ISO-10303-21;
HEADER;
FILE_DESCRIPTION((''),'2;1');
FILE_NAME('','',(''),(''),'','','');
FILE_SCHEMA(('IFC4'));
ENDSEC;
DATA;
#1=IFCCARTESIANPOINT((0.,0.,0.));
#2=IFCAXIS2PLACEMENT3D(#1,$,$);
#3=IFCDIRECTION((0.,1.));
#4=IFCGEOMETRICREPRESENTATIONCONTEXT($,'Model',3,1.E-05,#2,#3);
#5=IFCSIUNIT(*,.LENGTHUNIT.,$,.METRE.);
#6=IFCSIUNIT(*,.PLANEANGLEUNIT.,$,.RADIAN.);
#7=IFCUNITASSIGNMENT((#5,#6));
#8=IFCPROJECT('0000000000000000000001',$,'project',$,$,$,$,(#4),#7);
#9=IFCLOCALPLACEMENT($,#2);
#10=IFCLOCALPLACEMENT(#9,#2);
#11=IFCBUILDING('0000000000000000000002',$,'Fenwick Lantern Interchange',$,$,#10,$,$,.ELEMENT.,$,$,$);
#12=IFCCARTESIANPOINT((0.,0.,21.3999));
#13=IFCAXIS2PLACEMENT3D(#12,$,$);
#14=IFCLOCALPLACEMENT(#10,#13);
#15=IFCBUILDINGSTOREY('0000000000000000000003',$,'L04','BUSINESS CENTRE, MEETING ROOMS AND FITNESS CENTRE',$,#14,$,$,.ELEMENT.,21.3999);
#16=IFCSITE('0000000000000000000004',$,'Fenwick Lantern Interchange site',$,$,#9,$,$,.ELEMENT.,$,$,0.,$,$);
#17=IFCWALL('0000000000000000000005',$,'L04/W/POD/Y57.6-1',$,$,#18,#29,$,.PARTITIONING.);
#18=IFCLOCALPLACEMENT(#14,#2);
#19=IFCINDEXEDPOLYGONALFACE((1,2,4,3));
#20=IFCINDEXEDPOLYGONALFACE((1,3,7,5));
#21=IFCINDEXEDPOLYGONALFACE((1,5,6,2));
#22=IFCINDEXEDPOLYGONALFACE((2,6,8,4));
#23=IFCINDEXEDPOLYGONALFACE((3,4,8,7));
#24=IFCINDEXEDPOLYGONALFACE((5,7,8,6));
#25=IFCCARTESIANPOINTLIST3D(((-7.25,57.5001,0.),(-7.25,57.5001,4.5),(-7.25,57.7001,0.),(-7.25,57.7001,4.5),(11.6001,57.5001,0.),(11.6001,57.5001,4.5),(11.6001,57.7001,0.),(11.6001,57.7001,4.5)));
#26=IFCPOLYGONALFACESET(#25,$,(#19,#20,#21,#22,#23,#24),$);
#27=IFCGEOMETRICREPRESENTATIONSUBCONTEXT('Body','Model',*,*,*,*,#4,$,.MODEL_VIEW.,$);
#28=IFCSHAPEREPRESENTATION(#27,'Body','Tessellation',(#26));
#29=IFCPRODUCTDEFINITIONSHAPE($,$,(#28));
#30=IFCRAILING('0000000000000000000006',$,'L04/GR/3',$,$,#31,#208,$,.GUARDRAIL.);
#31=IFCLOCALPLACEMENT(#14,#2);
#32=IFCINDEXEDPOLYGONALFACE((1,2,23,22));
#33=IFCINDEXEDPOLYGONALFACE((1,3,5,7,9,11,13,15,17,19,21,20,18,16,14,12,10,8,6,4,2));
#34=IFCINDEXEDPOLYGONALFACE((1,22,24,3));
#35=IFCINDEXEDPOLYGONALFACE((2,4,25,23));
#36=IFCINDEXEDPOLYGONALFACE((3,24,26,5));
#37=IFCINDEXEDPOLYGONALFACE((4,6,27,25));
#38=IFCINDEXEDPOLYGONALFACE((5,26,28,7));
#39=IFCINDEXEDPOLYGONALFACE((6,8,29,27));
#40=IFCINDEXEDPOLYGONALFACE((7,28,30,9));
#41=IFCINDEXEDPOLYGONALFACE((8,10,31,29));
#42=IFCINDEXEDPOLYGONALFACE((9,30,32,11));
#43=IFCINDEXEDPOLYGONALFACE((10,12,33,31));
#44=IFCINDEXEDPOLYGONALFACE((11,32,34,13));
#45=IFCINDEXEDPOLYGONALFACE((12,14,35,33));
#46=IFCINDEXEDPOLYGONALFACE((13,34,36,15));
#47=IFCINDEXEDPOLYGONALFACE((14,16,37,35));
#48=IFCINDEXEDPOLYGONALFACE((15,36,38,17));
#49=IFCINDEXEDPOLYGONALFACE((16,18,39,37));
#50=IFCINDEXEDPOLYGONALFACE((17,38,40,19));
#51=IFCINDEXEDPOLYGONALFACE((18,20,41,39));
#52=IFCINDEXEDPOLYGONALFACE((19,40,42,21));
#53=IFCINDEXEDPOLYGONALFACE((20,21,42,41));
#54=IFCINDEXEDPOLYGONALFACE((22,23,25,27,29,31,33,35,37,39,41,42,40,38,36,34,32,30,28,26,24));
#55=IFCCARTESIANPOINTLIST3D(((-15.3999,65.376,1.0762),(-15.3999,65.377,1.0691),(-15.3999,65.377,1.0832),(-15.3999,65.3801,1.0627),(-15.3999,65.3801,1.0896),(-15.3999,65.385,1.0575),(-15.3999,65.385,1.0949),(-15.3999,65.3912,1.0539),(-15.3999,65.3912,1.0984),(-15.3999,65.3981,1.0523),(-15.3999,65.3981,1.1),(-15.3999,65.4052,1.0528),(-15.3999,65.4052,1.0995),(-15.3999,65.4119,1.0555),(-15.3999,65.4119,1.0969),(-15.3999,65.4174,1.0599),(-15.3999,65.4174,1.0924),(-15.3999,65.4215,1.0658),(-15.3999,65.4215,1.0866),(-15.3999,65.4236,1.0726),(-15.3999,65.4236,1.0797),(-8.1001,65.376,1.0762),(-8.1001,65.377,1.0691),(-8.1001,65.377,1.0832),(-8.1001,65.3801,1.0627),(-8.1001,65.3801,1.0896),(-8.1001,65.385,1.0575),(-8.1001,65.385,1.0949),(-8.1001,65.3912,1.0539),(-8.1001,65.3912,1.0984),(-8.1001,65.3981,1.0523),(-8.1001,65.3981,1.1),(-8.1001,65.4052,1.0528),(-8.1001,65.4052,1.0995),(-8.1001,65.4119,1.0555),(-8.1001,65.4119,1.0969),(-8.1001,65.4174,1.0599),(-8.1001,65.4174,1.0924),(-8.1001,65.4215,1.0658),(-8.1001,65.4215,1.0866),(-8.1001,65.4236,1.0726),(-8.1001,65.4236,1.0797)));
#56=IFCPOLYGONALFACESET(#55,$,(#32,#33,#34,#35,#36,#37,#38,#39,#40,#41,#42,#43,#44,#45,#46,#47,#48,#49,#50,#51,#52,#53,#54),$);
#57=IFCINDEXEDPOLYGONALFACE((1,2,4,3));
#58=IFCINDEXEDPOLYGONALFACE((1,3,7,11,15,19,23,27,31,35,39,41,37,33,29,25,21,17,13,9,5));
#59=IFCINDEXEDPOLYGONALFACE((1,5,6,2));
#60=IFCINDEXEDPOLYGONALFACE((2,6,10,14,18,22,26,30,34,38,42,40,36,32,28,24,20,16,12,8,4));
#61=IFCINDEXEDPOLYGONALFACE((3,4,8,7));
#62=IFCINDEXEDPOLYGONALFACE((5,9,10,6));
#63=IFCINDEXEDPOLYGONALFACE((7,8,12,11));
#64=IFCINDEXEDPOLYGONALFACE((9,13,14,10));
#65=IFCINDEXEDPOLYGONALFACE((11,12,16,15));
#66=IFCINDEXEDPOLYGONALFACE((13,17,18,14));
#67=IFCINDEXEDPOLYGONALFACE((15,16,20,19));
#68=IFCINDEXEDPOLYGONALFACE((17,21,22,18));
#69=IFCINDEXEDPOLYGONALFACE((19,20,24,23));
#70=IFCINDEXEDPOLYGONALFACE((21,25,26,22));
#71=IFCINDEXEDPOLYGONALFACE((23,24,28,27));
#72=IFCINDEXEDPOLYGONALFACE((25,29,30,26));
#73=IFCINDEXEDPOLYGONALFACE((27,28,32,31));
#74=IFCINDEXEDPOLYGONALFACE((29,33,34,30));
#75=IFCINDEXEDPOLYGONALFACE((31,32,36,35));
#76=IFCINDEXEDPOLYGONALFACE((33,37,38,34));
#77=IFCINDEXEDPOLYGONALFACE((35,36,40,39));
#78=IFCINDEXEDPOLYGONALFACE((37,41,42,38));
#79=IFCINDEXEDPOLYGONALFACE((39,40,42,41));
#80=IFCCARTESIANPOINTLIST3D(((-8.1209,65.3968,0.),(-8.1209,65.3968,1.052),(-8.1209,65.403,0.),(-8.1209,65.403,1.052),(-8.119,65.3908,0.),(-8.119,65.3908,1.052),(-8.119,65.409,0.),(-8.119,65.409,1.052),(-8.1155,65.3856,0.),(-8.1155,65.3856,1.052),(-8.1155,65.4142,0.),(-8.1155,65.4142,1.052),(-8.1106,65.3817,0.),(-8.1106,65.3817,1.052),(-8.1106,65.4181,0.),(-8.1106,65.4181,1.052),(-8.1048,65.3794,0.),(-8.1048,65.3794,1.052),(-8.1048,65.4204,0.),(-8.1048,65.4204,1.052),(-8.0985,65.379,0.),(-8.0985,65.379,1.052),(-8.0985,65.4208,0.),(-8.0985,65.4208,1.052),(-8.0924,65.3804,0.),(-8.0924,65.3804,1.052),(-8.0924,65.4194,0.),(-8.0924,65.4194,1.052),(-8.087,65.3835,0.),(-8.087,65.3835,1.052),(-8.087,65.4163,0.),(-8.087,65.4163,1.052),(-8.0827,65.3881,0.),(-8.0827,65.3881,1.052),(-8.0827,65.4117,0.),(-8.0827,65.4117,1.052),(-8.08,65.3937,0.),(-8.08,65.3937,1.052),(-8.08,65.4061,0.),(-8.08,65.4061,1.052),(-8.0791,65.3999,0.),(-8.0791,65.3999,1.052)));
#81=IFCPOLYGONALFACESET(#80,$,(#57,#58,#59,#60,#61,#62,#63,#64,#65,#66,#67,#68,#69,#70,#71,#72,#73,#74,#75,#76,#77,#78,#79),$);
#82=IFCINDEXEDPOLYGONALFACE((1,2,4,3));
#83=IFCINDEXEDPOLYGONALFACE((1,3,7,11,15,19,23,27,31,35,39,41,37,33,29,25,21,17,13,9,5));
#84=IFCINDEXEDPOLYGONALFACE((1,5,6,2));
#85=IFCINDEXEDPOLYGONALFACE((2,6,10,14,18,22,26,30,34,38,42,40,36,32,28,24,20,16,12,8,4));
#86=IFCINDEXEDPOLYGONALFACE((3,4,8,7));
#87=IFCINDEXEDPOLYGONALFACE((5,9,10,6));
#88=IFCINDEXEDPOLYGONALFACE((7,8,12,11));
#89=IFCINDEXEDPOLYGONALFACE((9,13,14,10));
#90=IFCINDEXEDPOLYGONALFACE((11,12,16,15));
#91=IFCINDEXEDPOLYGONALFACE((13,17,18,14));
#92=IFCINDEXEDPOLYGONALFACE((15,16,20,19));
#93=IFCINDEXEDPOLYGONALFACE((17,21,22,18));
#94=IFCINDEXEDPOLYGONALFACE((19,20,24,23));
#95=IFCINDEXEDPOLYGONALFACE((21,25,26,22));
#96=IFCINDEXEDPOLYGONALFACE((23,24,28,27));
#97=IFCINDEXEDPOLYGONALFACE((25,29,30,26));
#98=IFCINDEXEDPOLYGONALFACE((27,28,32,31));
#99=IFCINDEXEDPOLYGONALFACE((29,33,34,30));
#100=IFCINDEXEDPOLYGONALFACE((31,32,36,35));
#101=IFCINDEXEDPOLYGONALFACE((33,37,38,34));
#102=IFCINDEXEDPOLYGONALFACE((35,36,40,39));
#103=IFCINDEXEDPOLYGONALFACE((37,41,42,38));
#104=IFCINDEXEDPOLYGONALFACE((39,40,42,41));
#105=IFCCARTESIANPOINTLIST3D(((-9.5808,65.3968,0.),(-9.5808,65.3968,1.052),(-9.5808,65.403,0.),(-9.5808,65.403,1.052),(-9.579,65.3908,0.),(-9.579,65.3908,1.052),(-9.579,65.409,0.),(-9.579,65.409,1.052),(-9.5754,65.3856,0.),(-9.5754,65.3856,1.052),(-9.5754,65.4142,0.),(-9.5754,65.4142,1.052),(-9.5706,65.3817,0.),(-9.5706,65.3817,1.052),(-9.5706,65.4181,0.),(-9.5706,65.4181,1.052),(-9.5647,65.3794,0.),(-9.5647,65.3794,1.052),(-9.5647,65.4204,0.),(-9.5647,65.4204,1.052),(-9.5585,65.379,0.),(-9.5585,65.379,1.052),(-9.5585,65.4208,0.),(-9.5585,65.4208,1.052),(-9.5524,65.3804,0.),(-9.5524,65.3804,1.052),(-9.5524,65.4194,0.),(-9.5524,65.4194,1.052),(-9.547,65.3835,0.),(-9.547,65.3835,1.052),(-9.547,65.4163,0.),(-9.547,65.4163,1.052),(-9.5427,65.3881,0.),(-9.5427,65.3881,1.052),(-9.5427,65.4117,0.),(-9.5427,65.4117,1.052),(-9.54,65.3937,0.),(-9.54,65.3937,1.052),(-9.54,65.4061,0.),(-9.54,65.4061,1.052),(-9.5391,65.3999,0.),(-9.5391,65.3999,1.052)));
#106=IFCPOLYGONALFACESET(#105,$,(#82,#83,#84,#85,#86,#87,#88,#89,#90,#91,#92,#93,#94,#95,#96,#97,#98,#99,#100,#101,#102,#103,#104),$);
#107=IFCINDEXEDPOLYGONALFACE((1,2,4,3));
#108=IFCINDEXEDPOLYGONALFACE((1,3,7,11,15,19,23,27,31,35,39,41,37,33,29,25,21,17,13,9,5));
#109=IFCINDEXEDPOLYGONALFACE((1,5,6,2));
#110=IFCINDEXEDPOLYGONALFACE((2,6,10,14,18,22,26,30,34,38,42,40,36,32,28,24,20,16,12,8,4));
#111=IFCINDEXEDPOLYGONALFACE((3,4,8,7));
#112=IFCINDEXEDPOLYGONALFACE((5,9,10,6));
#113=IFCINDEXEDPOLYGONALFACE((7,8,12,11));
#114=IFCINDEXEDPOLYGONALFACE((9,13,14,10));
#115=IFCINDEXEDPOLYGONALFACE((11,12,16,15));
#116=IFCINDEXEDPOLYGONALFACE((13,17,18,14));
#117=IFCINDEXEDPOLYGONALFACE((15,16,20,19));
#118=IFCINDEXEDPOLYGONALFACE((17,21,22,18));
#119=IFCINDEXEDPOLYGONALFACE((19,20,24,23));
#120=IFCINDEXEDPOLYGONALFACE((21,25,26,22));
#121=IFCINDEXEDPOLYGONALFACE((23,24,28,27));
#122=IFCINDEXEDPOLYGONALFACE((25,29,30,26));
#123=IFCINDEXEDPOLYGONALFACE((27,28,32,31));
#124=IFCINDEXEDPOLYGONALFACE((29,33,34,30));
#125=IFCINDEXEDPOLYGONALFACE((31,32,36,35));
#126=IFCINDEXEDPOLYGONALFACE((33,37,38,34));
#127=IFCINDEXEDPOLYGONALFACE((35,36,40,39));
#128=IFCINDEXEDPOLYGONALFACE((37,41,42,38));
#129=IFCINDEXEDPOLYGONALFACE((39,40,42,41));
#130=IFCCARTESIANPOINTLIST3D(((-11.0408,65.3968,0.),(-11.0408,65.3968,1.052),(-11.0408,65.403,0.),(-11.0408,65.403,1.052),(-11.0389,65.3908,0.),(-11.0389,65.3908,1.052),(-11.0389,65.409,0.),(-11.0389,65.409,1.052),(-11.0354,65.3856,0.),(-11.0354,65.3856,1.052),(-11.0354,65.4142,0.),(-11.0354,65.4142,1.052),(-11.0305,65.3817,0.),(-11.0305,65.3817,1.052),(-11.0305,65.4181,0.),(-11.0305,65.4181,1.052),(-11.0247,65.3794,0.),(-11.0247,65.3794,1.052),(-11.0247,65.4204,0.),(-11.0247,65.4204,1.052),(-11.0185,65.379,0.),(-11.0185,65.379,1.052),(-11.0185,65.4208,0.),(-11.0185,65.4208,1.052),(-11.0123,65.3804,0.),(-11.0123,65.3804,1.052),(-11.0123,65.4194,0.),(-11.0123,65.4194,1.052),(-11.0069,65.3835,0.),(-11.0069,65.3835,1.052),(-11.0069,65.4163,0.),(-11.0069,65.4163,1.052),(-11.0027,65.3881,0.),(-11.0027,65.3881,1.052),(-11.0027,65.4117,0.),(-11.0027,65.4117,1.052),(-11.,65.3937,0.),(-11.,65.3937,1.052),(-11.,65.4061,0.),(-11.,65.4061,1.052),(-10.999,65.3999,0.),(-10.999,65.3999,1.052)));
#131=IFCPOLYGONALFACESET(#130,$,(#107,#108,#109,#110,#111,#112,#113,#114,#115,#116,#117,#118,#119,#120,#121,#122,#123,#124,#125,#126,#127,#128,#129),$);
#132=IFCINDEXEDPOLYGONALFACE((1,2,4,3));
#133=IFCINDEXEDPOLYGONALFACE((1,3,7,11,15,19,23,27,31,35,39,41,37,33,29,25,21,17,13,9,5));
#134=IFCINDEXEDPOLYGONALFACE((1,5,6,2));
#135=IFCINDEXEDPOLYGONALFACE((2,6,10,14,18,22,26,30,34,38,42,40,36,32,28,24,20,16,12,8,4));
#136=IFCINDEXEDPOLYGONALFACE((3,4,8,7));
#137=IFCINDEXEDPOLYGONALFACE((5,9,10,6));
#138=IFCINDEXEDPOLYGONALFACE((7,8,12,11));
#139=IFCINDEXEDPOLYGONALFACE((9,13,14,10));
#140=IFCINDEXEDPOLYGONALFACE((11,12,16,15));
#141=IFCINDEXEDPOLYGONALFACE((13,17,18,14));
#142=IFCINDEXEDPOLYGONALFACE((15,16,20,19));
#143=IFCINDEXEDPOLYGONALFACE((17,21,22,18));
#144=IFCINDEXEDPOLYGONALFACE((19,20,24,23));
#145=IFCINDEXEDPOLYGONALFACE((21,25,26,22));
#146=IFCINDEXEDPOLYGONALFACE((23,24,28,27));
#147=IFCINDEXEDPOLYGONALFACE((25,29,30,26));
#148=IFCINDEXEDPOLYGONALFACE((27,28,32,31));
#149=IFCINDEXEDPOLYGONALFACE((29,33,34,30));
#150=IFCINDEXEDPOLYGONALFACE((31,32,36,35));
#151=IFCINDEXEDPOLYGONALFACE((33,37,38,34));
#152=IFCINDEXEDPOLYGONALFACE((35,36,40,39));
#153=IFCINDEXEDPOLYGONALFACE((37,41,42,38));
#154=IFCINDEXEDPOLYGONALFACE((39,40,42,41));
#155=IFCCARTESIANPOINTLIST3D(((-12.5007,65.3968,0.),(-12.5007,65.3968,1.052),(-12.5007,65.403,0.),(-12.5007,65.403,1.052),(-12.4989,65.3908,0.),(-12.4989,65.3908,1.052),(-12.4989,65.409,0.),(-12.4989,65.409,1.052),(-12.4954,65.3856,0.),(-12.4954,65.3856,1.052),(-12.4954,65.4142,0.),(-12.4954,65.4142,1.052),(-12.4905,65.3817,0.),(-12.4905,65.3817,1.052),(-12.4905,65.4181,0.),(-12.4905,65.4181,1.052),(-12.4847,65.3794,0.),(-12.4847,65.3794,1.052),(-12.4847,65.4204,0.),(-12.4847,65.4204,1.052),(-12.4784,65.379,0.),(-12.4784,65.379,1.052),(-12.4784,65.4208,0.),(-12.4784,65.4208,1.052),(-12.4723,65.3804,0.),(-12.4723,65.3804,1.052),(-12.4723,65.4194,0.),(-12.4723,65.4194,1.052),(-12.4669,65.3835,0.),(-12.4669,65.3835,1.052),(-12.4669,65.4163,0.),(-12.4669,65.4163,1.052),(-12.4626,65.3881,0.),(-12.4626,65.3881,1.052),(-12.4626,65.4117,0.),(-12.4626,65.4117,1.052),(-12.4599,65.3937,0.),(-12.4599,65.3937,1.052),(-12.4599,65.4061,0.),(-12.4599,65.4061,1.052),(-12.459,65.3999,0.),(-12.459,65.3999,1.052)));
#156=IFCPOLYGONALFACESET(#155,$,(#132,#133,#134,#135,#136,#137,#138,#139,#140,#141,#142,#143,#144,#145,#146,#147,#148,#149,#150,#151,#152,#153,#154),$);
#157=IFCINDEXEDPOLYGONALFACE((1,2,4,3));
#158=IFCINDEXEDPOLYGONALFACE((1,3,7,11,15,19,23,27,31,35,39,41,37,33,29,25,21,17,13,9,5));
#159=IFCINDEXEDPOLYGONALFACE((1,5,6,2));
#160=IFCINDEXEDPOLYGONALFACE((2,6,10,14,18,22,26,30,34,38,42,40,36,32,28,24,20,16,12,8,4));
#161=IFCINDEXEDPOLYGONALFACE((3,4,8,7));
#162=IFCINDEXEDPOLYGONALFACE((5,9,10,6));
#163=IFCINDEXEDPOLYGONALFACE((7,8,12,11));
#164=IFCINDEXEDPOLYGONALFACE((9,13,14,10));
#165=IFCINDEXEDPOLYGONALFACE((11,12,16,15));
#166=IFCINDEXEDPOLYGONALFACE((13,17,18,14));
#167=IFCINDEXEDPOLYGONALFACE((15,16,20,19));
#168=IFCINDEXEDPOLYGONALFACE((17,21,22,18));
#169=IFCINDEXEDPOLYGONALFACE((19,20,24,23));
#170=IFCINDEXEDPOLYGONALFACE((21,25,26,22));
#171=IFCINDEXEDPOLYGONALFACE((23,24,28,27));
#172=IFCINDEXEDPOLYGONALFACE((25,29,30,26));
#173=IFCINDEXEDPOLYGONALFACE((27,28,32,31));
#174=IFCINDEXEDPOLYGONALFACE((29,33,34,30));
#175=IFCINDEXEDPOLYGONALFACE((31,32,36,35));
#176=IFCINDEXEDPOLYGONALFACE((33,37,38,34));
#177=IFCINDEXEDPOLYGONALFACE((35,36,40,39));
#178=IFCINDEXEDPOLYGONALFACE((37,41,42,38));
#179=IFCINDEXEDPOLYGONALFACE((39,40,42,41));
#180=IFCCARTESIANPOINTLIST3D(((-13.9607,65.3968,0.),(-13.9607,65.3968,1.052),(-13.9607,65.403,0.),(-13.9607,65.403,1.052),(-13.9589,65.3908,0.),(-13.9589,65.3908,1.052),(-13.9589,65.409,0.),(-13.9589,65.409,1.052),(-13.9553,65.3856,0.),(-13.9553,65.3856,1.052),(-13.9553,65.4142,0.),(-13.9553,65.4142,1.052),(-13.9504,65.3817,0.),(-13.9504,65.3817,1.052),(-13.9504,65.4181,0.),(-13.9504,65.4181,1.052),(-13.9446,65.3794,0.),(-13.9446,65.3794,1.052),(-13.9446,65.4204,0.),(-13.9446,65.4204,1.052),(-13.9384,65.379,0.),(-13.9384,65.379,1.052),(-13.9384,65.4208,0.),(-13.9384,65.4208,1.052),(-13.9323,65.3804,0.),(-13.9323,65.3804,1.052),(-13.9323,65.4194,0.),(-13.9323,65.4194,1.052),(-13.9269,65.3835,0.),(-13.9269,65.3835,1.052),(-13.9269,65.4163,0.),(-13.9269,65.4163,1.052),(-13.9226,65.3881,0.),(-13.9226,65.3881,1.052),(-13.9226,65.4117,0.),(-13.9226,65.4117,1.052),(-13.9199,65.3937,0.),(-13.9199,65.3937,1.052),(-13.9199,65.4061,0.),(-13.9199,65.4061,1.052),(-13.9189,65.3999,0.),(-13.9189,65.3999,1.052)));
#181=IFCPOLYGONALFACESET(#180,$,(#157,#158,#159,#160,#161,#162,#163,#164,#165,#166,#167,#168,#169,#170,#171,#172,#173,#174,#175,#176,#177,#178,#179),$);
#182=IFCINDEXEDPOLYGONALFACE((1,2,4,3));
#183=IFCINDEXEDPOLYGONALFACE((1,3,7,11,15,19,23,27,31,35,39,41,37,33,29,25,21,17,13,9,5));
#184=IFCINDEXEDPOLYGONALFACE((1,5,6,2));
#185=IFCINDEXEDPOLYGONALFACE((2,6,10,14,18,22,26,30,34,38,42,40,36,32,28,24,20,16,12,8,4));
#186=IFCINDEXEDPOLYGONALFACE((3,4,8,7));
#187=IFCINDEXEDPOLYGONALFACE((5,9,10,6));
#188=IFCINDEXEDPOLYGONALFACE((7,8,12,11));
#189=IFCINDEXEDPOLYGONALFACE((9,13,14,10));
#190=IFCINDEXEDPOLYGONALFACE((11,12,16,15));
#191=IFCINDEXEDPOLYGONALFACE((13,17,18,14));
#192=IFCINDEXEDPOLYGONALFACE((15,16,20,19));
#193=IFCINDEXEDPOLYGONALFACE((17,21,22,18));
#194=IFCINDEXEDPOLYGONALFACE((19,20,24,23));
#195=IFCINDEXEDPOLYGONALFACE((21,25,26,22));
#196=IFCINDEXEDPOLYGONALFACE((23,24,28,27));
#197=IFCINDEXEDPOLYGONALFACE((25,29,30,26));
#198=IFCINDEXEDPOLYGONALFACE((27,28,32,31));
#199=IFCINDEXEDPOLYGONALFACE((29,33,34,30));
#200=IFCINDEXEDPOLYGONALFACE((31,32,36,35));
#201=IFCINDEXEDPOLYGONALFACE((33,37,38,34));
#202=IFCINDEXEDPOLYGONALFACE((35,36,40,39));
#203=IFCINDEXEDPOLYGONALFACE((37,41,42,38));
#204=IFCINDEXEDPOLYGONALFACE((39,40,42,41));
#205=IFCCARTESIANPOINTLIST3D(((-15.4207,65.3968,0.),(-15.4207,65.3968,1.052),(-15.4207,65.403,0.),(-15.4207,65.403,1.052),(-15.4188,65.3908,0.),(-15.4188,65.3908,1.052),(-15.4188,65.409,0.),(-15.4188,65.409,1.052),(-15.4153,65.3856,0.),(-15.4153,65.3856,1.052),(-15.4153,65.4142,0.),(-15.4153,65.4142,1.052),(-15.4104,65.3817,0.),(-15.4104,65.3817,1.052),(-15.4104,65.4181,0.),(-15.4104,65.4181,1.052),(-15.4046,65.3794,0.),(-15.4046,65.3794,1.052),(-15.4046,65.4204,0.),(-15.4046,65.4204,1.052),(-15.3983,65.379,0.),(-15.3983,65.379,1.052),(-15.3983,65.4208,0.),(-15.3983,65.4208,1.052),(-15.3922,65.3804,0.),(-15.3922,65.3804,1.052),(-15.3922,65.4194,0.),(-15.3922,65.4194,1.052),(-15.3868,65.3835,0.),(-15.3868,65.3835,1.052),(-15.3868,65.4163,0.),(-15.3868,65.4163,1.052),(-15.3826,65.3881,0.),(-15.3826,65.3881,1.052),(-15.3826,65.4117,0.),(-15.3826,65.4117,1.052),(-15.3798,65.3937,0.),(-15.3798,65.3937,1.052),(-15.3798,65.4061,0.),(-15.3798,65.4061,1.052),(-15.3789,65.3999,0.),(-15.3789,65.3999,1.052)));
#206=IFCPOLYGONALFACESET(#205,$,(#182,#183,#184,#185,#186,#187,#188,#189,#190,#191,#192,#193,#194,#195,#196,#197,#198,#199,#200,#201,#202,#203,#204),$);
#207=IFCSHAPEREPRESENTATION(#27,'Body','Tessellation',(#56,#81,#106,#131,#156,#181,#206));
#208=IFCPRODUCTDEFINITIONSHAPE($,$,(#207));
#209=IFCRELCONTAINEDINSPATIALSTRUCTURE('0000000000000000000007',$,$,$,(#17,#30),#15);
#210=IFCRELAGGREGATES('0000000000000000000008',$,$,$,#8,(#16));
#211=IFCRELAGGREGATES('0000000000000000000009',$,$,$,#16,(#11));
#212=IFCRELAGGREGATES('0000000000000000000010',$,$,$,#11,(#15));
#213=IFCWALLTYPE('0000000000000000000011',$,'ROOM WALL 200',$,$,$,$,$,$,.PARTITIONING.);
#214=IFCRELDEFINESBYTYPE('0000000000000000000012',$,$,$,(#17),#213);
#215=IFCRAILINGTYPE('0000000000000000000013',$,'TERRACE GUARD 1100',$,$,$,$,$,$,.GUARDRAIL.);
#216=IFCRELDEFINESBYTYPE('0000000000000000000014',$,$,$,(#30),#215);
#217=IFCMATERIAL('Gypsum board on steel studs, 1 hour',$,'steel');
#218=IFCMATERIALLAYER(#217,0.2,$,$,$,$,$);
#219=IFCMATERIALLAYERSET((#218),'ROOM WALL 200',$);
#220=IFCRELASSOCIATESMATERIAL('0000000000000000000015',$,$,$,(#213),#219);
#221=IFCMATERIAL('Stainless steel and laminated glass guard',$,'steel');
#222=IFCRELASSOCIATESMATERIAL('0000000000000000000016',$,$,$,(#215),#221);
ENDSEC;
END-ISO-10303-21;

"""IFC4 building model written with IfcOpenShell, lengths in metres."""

from ifc_helpers import new_model, si_unit, direction, frame, frame_2d, origin, origin_2d, place, context, subcontext, project, spatial, rectangle, circle, extrude, material, layer, layer_set, type_object, element, save


model = new_model("IFC4")

# Units and contexts
model_context = context("Model", 3, precision=1e-05, world=origin(), true_north=direction((0.0, 1.0)))
body_context = subcontext(model_context, "Body", "Model", "MODEL_VIEW")
ifc_project = project(units=[si_unit("LENGTHUNIT", "METRE"), si_unit("PLANEANGLEUNIT", "RADIAN")], contexts=[model_context])

# Site, building, storey
site_placement = place(None, origin())
site = spatial("IfcSite", under=ifc_project, at=site_placement, Name="Fenwick Lantern Interchange site", CompositionType="ELEMENT", RefElevation=0.0)
building_placement = place(site_placement, origin())
building = spatial("IfcBuilding", under=site, at=building_placement, Name="Fenwick Lantern Interchange", CompositionType="ELEMENT")
storey_placement = place(building_placement, frame((0.0, 0.0, 21.3999)))
storey = spatial("IfcBuildingStorey", under=building, at=storey_placement, Name="L04", Description="BUSINESS CENTRE, MEETING ROOMS AND FITNESS CENTRE", CompositionType="ELEMENT", Elevation=21.3999)

# Wall
ifc_material_1 = material(Name="Gypsum board on steel studs, 1 hour", Category="steel")
ifc_layer_1 = layer(ifc_material_1, 0.2)
ifc_layer_set_1 = layer_set([ifc_layer_1], Name="ROOM WALL 200")
wall_type_1 = type_object("IfcWallType", Name="ROOM WALL 200", PredefinedType="PARTITIONING", material=ifc_layer_set_1)
wall_1_placement = place(storey_placement, frame((-7.25, 57.6001, 0.0), z_axis=(0.0, 0.0, 1.0), x_axis=(1.0, 0.0, 0.0)))
element("IfcWall", 1, at=wall_1_placement, inside=storey, type_object=wall_type_1, Name="L04/W/POD/Y57.6-1", PredefinedType="PARTITIONING", context=body_context, shape_type="SweptSolid", body=[
    extrude(rectangle(XDim=18.8501, YDim=0.2, at=frame_2d((9.425, 0.0))), origin(), (0.0, 0.0, 1.0), 4.5),
])

# Railing
ifc_material_2 = material(Name="Stainless steel and laminated glass guard", Category="steel")
railing_type = type_object("IfcRailingType", Name="TERRACE GUARD 1100", PredefinedType="GUARDRAIL", material=ifc_material_2)
railing_1_placement = place(storey_placement, frame((-8.1001, 65.3999, 0.0)))
element("IfcRailing", 2, at=railing_1_placement, inside=storey, type_object=railing_type, Name="L04/GR/3", PredefinedType="GUARDRAIL", context=body_context, shape_type="SweptSolid", body=[
    extrude(circle(Radius=0.0239, at=origin_2d()), frame((0.0, 0.0, 1.0762), z_axis=(-1.0, 0.0, 0.0), x_axis=(0.0, -1.0, 0.0)), (0.0, 0.0, 1.0), 7.2998),
    extrude(circle(Radius=0.021, at=origin_2d()), origin(), (0.0, 0.0, 1.0), 1.052),
    extrude(circle(Radius=0.021, at=origin_2d()), frame((-1.46, 0.0, 0.0)), (0.0, 0.0, 1.0), 1.052),
    extrude(circle(Radius=0.021, at=origin_2d()), frame((-2.9199, 0.0, 0.0)), (0.0, 0.0, 1.0), 1.052),
    extrude(circle(Radius=0.021, at=origin_2d()), frame((-4.3799, 0.0, 0.0)), (0.0, 0.0, 1.0), 1.052),
    extrude(circle(Radius=0.021, at=origin_2d()), frame((-5.8398, 0.0, 0.0)), (0.0, 0.0, 1.0), 1.052),
    extrude(circle(Radius=0.021, at=origin_2d()), frame((-7.2998, 0.0, 0.0)), (0.0, 0.0, 1.0), 1.052),
])

save(model, "model.ifc")
